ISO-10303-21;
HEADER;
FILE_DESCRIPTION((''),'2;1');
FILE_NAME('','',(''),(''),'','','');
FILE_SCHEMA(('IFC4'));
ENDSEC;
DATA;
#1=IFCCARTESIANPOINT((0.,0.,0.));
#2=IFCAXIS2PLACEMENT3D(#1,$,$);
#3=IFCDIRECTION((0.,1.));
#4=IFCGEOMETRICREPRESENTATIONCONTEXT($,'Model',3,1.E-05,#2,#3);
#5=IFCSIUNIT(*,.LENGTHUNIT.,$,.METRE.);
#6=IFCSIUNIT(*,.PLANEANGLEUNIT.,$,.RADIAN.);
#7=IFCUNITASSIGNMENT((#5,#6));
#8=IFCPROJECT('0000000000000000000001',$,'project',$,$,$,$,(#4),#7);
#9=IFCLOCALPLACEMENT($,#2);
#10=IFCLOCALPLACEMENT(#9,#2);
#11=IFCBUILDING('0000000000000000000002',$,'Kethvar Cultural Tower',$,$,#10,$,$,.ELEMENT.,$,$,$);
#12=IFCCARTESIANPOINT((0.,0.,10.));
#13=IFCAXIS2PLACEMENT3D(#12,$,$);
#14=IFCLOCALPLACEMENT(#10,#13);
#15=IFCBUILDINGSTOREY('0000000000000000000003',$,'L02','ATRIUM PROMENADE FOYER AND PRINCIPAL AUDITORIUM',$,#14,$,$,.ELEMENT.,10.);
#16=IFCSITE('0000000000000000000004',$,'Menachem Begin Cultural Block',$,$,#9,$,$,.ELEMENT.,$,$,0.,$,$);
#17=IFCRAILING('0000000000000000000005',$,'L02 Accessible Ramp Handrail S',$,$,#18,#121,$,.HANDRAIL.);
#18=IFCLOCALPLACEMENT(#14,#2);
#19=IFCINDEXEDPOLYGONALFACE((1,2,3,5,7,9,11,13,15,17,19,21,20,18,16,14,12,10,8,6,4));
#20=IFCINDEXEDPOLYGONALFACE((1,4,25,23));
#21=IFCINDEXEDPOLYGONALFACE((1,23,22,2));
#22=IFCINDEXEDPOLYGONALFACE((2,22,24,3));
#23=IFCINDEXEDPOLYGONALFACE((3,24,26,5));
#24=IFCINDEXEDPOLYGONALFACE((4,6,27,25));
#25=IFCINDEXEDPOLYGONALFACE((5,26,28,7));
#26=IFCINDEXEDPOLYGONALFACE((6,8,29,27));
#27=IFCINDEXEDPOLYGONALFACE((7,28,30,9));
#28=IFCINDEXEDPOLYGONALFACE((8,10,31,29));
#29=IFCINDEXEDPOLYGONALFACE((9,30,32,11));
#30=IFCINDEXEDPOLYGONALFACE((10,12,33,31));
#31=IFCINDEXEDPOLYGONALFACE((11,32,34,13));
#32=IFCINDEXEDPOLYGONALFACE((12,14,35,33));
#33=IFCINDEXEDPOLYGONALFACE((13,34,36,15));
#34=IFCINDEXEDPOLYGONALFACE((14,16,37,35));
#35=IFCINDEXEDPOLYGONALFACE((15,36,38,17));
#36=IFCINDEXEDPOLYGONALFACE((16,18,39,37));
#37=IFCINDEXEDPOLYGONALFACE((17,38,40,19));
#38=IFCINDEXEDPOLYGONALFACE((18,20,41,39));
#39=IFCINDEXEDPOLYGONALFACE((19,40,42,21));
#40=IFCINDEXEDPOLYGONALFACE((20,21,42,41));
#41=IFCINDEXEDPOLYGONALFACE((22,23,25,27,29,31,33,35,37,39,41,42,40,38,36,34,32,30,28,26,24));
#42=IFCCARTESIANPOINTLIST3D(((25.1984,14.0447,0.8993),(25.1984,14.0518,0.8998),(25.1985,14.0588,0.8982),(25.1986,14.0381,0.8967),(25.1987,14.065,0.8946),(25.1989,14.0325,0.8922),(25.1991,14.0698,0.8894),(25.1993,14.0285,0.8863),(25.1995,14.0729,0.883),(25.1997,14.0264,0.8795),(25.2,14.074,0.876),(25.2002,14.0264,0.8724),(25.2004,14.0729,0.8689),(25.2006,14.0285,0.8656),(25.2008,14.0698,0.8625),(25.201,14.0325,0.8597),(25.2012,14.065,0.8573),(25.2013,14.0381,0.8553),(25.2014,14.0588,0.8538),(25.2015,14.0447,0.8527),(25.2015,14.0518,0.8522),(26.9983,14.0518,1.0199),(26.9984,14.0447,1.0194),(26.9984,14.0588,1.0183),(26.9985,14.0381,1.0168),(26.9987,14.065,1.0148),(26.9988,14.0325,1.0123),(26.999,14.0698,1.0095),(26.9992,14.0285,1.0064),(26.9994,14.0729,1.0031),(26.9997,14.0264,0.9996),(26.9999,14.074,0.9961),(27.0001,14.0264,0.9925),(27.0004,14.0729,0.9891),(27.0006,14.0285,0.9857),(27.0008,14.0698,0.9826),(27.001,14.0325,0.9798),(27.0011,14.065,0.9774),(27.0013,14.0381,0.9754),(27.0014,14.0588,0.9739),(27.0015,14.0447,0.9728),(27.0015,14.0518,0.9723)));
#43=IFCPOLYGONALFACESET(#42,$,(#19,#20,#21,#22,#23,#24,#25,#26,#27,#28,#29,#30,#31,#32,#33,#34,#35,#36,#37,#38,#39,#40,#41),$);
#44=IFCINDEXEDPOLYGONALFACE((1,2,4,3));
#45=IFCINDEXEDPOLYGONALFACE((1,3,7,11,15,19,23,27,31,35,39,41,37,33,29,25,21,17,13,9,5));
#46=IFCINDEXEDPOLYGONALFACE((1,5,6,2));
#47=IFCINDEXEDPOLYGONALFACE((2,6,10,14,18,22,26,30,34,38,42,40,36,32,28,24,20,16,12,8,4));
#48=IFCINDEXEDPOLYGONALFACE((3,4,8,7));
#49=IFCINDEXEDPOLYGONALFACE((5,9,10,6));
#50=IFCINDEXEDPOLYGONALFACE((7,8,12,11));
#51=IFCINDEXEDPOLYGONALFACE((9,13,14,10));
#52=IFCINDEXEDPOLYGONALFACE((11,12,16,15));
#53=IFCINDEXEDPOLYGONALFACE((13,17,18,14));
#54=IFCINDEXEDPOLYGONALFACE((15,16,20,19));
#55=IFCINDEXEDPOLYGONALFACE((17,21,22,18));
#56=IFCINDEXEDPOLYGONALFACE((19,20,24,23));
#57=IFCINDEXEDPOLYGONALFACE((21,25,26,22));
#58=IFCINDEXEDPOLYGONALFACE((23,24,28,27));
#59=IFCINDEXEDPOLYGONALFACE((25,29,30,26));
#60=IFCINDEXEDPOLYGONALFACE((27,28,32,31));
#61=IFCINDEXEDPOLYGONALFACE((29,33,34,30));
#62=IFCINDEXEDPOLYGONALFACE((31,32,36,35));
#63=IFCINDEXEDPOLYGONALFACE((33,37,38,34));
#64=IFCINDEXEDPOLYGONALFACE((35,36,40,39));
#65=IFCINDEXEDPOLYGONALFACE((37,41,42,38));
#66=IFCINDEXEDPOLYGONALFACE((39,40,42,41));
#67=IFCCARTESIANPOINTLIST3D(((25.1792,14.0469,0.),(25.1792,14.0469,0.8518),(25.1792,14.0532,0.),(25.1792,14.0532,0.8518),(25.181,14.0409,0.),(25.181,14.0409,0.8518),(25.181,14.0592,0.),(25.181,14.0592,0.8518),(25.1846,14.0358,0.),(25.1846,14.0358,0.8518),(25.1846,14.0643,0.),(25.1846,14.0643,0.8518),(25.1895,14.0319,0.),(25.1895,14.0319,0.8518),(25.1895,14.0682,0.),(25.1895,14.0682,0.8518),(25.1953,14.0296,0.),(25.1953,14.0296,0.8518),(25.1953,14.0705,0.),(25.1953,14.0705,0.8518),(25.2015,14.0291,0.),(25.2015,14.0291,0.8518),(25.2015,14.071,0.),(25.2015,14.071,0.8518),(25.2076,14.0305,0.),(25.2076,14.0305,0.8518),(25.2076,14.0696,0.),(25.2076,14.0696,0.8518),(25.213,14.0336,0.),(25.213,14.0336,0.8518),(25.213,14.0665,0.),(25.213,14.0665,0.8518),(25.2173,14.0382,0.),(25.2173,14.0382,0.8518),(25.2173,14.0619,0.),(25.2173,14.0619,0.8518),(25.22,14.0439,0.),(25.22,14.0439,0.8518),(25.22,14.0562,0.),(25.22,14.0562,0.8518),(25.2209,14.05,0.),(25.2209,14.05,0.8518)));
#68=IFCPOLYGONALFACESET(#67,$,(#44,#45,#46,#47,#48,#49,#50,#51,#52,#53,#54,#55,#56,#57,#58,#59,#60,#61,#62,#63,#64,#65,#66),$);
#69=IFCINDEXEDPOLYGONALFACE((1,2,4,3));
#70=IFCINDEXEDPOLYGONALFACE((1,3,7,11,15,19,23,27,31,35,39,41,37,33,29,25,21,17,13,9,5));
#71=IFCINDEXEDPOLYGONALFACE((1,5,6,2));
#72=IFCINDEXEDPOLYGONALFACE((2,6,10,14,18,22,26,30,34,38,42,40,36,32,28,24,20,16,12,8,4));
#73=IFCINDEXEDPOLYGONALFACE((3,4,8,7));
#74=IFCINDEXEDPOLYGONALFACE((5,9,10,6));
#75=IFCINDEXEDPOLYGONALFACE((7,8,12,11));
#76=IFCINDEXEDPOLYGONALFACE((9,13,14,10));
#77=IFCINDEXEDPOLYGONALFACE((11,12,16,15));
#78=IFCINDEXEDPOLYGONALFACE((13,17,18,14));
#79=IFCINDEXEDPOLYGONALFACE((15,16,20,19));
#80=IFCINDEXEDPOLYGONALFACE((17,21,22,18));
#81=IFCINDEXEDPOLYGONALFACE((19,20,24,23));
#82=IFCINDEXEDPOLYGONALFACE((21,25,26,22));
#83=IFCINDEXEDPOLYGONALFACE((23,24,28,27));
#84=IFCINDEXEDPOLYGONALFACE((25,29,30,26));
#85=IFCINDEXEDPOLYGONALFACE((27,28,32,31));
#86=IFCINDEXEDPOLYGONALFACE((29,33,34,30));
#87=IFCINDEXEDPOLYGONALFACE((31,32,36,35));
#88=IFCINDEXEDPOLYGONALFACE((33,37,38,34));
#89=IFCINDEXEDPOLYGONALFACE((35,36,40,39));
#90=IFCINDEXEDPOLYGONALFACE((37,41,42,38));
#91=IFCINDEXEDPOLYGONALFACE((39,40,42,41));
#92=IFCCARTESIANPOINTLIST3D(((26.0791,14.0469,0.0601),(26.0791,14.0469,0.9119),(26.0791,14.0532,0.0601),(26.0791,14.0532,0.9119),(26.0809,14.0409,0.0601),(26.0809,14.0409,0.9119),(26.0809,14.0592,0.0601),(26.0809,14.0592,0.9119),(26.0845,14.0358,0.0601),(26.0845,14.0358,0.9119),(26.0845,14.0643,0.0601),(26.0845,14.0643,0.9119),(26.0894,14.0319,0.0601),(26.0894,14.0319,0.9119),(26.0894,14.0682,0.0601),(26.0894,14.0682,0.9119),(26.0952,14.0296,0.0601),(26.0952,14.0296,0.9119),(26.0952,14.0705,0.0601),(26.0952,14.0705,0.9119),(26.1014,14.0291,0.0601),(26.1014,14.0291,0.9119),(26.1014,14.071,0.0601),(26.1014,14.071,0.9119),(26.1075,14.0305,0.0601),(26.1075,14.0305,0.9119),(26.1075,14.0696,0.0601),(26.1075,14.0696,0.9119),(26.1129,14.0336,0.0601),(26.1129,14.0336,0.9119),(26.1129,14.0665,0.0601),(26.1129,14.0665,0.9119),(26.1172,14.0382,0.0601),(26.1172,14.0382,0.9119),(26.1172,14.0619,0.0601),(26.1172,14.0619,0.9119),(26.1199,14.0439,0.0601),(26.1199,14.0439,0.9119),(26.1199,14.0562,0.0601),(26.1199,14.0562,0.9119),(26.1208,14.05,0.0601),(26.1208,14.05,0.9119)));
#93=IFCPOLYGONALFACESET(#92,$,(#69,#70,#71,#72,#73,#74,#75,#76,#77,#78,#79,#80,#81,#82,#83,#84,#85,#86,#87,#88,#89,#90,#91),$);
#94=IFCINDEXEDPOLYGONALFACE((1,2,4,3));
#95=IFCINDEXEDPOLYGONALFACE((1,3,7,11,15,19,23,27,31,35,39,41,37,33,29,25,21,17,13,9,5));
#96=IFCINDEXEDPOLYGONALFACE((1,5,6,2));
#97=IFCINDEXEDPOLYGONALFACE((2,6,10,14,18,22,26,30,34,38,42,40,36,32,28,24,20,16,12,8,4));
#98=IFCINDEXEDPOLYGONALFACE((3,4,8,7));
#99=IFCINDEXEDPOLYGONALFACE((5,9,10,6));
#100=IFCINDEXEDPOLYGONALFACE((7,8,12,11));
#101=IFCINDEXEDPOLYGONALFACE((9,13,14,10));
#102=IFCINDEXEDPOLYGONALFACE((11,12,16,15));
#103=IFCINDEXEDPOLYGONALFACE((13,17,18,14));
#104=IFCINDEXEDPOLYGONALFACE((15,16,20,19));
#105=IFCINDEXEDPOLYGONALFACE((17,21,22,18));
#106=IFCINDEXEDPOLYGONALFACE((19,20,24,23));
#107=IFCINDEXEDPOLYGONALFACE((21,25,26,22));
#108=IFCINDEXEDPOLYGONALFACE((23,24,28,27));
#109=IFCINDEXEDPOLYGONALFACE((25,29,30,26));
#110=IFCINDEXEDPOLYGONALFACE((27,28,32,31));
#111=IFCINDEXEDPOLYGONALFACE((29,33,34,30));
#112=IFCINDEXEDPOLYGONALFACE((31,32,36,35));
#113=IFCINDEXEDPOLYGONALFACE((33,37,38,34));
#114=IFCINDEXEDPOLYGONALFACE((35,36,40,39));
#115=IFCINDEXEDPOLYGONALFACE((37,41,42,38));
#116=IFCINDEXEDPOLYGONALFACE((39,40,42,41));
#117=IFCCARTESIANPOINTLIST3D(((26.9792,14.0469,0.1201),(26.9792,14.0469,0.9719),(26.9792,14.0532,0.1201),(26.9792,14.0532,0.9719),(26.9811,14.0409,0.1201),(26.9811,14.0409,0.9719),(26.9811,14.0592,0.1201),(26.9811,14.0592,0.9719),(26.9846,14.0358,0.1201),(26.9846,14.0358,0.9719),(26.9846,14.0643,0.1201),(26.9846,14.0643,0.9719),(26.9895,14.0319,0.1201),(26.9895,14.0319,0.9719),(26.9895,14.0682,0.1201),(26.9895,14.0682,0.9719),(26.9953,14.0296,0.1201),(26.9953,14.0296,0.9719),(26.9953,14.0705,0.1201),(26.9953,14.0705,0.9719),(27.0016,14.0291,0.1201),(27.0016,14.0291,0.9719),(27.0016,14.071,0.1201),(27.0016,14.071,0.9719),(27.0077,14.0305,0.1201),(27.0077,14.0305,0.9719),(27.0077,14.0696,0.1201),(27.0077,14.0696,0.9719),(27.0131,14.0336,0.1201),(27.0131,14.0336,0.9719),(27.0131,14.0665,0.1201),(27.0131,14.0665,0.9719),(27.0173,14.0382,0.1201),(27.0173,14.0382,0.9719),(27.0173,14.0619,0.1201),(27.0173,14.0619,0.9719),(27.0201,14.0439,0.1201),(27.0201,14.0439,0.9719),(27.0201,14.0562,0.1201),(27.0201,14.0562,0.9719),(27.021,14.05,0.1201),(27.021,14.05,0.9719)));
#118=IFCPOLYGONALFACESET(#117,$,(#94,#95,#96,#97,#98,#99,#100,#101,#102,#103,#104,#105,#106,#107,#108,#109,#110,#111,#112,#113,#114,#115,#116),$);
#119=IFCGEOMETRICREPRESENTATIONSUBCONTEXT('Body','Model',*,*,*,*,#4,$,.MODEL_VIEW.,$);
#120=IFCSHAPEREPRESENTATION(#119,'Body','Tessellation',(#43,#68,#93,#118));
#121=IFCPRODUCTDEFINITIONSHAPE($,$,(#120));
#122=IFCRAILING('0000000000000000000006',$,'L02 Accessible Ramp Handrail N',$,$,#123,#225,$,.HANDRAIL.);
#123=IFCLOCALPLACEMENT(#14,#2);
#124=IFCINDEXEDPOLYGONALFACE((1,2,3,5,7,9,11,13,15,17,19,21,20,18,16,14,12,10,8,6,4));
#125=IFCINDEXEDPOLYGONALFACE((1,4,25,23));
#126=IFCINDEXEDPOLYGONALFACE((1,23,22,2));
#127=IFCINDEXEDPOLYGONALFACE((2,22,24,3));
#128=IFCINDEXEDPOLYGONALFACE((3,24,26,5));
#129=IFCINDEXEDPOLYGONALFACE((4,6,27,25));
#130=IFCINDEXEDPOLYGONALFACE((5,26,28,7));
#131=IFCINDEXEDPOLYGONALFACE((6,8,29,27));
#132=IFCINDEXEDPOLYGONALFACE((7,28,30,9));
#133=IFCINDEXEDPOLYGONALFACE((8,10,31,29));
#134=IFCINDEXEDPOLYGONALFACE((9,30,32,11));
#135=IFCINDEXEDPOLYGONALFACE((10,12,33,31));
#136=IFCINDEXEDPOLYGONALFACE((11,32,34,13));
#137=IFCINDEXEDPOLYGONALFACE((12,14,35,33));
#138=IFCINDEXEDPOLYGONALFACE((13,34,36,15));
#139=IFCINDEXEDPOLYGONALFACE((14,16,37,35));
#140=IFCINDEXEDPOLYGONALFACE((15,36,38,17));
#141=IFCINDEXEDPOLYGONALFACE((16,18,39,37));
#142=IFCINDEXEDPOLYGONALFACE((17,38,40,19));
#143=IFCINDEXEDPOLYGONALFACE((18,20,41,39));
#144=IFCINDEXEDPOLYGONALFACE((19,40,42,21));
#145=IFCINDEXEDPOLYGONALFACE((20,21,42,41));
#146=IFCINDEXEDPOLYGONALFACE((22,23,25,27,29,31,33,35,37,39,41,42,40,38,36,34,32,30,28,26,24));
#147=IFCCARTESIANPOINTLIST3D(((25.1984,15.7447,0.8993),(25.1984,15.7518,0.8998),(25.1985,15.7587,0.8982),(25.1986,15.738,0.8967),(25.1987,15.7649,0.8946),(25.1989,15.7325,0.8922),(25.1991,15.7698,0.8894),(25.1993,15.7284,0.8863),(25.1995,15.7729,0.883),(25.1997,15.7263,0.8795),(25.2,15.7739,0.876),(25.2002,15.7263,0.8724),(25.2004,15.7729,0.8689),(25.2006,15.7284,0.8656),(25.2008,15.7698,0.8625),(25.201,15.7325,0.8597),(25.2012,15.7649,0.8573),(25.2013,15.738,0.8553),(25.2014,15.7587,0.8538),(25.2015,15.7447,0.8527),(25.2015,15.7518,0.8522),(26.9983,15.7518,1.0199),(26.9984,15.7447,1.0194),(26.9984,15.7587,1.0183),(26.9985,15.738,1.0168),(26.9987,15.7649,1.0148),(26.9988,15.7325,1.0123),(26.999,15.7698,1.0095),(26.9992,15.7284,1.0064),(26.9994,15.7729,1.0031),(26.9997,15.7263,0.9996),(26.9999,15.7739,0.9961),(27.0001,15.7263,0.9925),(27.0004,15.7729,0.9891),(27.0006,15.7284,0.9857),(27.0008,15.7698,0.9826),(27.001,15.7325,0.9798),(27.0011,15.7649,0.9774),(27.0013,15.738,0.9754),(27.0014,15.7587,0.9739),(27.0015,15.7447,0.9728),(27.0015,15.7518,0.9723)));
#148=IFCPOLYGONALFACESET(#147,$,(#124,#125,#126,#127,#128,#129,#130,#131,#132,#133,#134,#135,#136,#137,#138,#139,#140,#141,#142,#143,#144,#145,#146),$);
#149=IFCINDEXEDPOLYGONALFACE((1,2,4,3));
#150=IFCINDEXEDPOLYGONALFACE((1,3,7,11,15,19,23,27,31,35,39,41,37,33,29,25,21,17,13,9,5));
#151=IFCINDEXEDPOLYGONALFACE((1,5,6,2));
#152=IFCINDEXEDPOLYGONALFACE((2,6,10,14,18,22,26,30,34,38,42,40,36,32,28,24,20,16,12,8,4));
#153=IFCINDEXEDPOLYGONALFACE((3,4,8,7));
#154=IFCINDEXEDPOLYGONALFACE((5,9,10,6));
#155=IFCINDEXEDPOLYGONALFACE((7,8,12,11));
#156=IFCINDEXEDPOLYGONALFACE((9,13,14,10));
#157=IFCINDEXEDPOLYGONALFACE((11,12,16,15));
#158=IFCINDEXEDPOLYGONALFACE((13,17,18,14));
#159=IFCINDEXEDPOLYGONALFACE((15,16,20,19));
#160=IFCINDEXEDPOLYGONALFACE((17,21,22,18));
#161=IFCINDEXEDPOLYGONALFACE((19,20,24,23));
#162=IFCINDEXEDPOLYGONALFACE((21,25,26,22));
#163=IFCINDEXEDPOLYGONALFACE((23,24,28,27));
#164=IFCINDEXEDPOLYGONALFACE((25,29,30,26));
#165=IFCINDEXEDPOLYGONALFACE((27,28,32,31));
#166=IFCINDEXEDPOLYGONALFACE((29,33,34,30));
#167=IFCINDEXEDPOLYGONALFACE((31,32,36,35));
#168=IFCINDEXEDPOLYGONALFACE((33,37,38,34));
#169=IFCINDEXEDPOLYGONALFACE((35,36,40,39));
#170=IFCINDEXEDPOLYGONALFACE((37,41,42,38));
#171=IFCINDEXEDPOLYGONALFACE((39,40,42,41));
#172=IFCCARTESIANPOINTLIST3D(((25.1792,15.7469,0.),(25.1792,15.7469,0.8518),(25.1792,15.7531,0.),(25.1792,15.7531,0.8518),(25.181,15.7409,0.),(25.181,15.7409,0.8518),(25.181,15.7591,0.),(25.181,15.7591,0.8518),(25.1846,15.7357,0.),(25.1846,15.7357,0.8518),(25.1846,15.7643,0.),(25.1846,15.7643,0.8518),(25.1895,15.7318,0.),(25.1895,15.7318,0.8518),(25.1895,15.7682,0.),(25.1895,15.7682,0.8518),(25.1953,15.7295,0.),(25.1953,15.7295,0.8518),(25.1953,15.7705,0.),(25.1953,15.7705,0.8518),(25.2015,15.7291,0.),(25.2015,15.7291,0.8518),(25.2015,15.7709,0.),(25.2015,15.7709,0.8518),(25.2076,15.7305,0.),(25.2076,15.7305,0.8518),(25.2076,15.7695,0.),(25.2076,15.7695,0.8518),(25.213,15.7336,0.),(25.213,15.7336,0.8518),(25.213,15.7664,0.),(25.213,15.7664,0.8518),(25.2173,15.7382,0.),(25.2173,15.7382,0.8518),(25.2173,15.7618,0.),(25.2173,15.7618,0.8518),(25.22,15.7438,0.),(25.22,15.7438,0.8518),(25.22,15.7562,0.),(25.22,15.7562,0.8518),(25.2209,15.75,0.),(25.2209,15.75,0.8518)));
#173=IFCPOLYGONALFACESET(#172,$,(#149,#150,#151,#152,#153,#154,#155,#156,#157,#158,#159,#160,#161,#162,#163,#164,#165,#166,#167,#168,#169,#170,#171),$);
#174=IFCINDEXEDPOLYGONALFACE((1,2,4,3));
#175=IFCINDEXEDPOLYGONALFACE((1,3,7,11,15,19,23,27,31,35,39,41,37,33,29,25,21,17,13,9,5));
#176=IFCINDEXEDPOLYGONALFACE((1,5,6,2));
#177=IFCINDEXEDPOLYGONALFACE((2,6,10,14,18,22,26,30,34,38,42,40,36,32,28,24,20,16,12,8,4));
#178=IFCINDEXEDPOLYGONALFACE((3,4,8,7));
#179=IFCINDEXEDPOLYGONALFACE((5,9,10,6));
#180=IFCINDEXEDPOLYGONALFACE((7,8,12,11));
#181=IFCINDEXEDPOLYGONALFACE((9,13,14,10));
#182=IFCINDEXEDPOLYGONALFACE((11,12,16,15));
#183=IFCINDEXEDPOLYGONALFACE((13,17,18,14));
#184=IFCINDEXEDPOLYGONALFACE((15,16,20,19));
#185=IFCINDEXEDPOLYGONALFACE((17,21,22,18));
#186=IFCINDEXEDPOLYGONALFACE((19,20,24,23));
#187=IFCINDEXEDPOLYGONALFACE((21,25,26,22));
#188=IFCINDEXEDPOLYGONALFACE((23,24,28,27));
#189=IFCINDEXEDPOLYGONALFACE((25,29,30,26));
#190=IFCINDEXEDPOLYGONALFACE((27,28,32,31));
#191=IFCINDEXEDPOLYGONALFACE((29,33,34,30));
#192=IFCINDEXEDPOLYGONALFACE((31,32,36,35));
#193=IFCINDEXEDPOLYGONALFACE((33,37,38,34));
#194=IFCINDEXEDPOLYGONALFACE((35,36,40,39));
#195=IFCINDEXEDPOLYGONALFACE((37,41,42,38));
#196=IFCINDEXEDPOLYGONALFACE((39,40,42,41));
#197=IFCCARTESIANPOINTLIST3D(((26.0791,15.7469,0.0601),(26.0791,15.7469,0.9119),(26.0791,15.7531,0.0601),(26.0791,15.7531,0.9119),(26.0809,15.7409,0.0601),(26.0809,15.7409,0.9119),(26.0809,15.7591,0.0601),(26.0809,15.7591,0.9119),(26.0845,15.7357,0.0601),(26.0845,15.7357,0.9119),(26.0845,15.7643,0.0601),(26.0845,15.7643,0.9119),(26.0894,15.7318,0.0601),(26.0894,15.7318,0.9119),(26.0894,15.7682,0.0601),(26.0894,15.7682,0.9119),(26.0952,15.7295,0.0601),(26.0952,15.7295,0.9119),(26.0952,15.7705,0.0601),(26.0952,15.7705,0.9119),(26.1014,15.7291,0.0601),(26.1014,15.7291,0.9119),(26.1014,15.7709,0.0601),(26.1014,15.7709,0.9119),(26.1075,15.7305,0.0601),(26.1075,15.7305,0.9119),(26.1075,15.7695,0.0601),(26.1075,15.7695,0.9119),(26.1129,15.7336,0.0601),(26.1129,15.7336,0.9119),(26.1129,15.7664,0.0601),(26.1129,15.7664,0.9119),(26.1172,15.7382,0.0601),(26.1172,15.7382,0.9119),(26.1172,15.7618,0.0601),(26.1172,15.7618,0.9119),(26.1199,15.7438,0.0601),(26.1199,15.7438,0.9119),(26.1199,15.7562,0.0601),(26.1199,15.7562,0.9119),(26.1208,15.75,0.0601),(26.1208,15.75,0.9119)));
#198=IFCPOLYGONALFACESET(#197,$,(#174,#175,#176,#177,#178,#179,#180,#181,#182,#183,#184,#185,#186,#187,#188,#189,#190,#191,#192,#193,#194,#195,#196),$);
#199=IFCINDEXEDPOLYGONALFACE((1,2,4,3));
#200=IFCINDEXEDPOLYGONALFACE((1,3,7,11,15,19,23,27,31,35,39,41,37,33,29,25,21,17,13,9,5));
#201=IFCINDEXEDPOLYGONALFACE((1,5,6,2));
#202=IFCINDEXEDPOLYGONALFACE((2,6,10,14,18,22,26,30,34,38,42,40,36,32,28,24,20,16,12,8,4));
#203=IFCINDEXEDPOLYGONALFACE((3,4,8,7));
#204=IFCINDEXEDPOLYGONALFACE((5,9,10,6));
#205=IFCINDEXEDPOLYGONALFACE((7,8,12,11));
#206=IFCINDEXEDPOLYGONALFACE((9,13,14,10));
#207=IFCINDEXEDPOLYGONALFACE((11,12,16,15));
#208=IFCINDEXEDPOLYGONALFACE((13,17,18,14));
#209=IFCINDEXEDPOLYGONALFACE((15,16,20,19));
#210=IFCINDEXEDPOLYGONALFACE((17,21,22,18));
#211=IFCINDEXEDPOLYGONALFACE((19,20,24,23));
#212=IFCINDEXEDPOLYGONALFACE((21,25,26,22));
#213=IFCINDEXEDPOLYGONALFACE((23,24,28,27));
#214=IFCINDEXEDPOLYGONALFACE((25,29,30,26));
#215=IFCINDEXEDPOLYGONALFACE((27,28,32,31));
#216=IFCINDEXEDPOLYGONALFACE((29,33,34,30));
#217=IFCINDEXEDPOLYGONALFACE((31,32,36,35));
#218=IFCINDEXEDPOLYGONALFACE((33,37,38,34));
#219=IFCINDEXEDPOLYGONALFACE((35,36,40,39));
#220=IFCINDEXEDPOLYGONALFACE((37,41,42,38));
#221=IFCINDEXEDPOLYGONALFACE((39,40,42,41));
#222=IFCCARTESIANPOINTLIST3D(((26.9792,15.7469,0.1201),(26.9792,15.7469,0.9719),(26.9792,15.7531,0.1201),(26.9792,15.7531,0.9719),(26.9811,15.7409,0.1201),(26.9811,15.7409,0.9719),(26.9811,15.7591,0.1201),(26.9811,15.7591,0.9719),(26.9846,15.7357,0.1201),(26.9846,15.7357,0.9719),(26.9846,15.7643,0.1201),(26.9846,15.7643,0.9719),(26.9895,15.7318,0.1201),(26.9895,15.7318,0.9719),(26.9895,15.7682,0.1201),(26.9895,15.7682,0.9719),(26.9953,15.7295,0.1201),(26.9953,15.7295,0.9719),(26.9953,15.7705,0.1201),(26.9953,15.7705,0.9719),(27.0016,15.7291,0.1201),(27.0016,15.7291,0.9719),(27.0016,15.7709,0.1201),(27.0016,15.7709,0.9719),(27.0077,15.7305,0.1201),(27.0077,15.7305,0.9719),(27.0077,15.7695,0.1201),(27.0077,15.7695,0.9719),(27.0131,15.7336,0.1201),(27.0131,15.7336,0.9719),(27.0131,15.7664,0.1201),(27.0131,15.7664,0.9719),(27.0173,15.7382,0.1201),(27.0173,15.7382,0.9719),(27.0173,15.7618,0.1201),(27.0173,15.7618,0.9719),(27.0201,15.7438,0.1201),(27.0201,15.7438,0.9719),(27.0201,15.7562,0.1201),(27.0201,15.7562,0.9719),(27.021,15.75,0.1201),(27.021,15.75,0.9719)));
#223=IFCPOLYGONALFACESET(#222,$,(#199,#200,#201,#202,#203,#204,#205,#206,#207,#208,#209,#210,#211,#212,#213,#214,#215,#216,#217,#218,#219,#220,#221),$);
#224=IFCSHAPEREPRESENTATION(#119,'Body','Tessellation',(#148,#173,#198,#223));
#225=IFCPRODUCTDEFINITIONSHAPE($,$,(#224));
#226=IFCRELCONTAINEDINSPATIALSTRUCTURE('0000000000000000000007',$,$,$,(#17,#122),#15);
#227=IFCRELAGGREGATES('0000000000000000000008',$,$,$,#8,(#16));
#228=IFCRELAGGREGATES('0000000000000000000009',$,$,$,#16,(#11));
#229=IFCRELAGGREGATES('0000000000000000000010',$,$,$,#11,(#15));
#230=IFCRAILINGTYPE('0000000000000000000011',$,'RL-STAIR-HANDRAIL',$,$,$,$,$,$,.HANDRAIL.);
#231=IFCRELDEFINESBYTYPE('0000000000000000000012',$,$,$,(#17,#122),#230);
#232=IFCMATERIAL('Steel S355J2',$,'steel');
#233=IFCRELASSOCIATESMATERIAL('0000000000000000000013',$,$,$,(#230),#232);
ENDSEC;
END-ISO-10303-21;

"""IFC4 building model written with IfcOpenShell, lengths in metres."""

from ifc_helpers import new_model, si_unit, direction, frame, origin, origin_2d, place, context, subcontext, project, spatial, circle, extrude, material, type_object, element, save


model = new_model("IFC4")

# Units and contexts
model_context = context("Model", 3, precision=1e-05, world=origin(), true_north=direction((0.0, 1.0)))
body_context = subcontext(model_context, "Body", "Model", "MODEL_VIEW")
ifc_project = project(units=[si_unit("LENGTHUNIT", "METRE"), si_unit("PLANEANGLEUNIT", "RADIAN")], contexts=[model_context])

# Site, building, storey
site_placement = place(None, origin())
site = spatial("IfcSite", under=ifc_project, at=site_placement, Name="Menachem Begin Cultural Block", CompositionType="ELEMENT", RefElevation=0.0)
building_placement = place(site_placement, origin())
building = spatial("IfcBuilding", under=site, at=building_placement, Name="Kethvar Cultural Tower", CompositionType="ELEMENT")
storey_placement = place(building_placement, frame((0.0, 0.0, 10.0)))
storey = spatial("IfcBuildingStorey", under=building, at=storey_placement, Name="L02", Description="ATRIUM PROMENADE FOYER AND PRINCIPAL AUDITORIUM", CompositionType="ELEMENT", Elevation=10.0)

# Shared definitions
ifc_material_1 = material(Name="Steel S355J2", Category="steel")

# Railings
railing_type_1 = type_object("IfcRailingType", Name="RL-STAIR-HANDRAIL", PredefinedType="HANDRAIL", material=ifc_material_1)
for number, where, name in (
    (1, (25.2, 14.05, 0.0), "L02 Accessible Ramp Handrail S"),
    (2, (25.2, 15.75, 0.0), "L02 Accessible Ramp Handrail N"),
):
    element("IfcRailing", number, at=place(storey_placement, frame(where)), inside=storey, type_object=railing_type_1, Name=name, PredefinedType="HANDRAIL", context=body_context, shape_type="SweptSolid", body=[
        extrude(circle(Radius=0.0239, at=origin_2d()), frame((0.0, 0.0, 0.876), z_axis=(0.997781, 0.0, 0.066582), x_axis=(0.0, 1.0, 0.0)), (0.0, 0.0, 1.0), 1.804),
        extrude(circle(Radius=0.021, at=origin_2d()), origin(), (0.0, 0.0, 1.0), 0.8518),
        extrude(circle(Radius=0.021, at=origin_2d()), frame((0.8999, 0.0, 0.0601)), (0.0, 0.0, 1.0), 0.8518),
        extrude(circle(Radius=0.021, at=origin_2d()), frame((1.8, 0.0, 0.1201)), (0.0, 0.0, 1.0), 0.8518),
    ])

save(model, "model.ifc")
